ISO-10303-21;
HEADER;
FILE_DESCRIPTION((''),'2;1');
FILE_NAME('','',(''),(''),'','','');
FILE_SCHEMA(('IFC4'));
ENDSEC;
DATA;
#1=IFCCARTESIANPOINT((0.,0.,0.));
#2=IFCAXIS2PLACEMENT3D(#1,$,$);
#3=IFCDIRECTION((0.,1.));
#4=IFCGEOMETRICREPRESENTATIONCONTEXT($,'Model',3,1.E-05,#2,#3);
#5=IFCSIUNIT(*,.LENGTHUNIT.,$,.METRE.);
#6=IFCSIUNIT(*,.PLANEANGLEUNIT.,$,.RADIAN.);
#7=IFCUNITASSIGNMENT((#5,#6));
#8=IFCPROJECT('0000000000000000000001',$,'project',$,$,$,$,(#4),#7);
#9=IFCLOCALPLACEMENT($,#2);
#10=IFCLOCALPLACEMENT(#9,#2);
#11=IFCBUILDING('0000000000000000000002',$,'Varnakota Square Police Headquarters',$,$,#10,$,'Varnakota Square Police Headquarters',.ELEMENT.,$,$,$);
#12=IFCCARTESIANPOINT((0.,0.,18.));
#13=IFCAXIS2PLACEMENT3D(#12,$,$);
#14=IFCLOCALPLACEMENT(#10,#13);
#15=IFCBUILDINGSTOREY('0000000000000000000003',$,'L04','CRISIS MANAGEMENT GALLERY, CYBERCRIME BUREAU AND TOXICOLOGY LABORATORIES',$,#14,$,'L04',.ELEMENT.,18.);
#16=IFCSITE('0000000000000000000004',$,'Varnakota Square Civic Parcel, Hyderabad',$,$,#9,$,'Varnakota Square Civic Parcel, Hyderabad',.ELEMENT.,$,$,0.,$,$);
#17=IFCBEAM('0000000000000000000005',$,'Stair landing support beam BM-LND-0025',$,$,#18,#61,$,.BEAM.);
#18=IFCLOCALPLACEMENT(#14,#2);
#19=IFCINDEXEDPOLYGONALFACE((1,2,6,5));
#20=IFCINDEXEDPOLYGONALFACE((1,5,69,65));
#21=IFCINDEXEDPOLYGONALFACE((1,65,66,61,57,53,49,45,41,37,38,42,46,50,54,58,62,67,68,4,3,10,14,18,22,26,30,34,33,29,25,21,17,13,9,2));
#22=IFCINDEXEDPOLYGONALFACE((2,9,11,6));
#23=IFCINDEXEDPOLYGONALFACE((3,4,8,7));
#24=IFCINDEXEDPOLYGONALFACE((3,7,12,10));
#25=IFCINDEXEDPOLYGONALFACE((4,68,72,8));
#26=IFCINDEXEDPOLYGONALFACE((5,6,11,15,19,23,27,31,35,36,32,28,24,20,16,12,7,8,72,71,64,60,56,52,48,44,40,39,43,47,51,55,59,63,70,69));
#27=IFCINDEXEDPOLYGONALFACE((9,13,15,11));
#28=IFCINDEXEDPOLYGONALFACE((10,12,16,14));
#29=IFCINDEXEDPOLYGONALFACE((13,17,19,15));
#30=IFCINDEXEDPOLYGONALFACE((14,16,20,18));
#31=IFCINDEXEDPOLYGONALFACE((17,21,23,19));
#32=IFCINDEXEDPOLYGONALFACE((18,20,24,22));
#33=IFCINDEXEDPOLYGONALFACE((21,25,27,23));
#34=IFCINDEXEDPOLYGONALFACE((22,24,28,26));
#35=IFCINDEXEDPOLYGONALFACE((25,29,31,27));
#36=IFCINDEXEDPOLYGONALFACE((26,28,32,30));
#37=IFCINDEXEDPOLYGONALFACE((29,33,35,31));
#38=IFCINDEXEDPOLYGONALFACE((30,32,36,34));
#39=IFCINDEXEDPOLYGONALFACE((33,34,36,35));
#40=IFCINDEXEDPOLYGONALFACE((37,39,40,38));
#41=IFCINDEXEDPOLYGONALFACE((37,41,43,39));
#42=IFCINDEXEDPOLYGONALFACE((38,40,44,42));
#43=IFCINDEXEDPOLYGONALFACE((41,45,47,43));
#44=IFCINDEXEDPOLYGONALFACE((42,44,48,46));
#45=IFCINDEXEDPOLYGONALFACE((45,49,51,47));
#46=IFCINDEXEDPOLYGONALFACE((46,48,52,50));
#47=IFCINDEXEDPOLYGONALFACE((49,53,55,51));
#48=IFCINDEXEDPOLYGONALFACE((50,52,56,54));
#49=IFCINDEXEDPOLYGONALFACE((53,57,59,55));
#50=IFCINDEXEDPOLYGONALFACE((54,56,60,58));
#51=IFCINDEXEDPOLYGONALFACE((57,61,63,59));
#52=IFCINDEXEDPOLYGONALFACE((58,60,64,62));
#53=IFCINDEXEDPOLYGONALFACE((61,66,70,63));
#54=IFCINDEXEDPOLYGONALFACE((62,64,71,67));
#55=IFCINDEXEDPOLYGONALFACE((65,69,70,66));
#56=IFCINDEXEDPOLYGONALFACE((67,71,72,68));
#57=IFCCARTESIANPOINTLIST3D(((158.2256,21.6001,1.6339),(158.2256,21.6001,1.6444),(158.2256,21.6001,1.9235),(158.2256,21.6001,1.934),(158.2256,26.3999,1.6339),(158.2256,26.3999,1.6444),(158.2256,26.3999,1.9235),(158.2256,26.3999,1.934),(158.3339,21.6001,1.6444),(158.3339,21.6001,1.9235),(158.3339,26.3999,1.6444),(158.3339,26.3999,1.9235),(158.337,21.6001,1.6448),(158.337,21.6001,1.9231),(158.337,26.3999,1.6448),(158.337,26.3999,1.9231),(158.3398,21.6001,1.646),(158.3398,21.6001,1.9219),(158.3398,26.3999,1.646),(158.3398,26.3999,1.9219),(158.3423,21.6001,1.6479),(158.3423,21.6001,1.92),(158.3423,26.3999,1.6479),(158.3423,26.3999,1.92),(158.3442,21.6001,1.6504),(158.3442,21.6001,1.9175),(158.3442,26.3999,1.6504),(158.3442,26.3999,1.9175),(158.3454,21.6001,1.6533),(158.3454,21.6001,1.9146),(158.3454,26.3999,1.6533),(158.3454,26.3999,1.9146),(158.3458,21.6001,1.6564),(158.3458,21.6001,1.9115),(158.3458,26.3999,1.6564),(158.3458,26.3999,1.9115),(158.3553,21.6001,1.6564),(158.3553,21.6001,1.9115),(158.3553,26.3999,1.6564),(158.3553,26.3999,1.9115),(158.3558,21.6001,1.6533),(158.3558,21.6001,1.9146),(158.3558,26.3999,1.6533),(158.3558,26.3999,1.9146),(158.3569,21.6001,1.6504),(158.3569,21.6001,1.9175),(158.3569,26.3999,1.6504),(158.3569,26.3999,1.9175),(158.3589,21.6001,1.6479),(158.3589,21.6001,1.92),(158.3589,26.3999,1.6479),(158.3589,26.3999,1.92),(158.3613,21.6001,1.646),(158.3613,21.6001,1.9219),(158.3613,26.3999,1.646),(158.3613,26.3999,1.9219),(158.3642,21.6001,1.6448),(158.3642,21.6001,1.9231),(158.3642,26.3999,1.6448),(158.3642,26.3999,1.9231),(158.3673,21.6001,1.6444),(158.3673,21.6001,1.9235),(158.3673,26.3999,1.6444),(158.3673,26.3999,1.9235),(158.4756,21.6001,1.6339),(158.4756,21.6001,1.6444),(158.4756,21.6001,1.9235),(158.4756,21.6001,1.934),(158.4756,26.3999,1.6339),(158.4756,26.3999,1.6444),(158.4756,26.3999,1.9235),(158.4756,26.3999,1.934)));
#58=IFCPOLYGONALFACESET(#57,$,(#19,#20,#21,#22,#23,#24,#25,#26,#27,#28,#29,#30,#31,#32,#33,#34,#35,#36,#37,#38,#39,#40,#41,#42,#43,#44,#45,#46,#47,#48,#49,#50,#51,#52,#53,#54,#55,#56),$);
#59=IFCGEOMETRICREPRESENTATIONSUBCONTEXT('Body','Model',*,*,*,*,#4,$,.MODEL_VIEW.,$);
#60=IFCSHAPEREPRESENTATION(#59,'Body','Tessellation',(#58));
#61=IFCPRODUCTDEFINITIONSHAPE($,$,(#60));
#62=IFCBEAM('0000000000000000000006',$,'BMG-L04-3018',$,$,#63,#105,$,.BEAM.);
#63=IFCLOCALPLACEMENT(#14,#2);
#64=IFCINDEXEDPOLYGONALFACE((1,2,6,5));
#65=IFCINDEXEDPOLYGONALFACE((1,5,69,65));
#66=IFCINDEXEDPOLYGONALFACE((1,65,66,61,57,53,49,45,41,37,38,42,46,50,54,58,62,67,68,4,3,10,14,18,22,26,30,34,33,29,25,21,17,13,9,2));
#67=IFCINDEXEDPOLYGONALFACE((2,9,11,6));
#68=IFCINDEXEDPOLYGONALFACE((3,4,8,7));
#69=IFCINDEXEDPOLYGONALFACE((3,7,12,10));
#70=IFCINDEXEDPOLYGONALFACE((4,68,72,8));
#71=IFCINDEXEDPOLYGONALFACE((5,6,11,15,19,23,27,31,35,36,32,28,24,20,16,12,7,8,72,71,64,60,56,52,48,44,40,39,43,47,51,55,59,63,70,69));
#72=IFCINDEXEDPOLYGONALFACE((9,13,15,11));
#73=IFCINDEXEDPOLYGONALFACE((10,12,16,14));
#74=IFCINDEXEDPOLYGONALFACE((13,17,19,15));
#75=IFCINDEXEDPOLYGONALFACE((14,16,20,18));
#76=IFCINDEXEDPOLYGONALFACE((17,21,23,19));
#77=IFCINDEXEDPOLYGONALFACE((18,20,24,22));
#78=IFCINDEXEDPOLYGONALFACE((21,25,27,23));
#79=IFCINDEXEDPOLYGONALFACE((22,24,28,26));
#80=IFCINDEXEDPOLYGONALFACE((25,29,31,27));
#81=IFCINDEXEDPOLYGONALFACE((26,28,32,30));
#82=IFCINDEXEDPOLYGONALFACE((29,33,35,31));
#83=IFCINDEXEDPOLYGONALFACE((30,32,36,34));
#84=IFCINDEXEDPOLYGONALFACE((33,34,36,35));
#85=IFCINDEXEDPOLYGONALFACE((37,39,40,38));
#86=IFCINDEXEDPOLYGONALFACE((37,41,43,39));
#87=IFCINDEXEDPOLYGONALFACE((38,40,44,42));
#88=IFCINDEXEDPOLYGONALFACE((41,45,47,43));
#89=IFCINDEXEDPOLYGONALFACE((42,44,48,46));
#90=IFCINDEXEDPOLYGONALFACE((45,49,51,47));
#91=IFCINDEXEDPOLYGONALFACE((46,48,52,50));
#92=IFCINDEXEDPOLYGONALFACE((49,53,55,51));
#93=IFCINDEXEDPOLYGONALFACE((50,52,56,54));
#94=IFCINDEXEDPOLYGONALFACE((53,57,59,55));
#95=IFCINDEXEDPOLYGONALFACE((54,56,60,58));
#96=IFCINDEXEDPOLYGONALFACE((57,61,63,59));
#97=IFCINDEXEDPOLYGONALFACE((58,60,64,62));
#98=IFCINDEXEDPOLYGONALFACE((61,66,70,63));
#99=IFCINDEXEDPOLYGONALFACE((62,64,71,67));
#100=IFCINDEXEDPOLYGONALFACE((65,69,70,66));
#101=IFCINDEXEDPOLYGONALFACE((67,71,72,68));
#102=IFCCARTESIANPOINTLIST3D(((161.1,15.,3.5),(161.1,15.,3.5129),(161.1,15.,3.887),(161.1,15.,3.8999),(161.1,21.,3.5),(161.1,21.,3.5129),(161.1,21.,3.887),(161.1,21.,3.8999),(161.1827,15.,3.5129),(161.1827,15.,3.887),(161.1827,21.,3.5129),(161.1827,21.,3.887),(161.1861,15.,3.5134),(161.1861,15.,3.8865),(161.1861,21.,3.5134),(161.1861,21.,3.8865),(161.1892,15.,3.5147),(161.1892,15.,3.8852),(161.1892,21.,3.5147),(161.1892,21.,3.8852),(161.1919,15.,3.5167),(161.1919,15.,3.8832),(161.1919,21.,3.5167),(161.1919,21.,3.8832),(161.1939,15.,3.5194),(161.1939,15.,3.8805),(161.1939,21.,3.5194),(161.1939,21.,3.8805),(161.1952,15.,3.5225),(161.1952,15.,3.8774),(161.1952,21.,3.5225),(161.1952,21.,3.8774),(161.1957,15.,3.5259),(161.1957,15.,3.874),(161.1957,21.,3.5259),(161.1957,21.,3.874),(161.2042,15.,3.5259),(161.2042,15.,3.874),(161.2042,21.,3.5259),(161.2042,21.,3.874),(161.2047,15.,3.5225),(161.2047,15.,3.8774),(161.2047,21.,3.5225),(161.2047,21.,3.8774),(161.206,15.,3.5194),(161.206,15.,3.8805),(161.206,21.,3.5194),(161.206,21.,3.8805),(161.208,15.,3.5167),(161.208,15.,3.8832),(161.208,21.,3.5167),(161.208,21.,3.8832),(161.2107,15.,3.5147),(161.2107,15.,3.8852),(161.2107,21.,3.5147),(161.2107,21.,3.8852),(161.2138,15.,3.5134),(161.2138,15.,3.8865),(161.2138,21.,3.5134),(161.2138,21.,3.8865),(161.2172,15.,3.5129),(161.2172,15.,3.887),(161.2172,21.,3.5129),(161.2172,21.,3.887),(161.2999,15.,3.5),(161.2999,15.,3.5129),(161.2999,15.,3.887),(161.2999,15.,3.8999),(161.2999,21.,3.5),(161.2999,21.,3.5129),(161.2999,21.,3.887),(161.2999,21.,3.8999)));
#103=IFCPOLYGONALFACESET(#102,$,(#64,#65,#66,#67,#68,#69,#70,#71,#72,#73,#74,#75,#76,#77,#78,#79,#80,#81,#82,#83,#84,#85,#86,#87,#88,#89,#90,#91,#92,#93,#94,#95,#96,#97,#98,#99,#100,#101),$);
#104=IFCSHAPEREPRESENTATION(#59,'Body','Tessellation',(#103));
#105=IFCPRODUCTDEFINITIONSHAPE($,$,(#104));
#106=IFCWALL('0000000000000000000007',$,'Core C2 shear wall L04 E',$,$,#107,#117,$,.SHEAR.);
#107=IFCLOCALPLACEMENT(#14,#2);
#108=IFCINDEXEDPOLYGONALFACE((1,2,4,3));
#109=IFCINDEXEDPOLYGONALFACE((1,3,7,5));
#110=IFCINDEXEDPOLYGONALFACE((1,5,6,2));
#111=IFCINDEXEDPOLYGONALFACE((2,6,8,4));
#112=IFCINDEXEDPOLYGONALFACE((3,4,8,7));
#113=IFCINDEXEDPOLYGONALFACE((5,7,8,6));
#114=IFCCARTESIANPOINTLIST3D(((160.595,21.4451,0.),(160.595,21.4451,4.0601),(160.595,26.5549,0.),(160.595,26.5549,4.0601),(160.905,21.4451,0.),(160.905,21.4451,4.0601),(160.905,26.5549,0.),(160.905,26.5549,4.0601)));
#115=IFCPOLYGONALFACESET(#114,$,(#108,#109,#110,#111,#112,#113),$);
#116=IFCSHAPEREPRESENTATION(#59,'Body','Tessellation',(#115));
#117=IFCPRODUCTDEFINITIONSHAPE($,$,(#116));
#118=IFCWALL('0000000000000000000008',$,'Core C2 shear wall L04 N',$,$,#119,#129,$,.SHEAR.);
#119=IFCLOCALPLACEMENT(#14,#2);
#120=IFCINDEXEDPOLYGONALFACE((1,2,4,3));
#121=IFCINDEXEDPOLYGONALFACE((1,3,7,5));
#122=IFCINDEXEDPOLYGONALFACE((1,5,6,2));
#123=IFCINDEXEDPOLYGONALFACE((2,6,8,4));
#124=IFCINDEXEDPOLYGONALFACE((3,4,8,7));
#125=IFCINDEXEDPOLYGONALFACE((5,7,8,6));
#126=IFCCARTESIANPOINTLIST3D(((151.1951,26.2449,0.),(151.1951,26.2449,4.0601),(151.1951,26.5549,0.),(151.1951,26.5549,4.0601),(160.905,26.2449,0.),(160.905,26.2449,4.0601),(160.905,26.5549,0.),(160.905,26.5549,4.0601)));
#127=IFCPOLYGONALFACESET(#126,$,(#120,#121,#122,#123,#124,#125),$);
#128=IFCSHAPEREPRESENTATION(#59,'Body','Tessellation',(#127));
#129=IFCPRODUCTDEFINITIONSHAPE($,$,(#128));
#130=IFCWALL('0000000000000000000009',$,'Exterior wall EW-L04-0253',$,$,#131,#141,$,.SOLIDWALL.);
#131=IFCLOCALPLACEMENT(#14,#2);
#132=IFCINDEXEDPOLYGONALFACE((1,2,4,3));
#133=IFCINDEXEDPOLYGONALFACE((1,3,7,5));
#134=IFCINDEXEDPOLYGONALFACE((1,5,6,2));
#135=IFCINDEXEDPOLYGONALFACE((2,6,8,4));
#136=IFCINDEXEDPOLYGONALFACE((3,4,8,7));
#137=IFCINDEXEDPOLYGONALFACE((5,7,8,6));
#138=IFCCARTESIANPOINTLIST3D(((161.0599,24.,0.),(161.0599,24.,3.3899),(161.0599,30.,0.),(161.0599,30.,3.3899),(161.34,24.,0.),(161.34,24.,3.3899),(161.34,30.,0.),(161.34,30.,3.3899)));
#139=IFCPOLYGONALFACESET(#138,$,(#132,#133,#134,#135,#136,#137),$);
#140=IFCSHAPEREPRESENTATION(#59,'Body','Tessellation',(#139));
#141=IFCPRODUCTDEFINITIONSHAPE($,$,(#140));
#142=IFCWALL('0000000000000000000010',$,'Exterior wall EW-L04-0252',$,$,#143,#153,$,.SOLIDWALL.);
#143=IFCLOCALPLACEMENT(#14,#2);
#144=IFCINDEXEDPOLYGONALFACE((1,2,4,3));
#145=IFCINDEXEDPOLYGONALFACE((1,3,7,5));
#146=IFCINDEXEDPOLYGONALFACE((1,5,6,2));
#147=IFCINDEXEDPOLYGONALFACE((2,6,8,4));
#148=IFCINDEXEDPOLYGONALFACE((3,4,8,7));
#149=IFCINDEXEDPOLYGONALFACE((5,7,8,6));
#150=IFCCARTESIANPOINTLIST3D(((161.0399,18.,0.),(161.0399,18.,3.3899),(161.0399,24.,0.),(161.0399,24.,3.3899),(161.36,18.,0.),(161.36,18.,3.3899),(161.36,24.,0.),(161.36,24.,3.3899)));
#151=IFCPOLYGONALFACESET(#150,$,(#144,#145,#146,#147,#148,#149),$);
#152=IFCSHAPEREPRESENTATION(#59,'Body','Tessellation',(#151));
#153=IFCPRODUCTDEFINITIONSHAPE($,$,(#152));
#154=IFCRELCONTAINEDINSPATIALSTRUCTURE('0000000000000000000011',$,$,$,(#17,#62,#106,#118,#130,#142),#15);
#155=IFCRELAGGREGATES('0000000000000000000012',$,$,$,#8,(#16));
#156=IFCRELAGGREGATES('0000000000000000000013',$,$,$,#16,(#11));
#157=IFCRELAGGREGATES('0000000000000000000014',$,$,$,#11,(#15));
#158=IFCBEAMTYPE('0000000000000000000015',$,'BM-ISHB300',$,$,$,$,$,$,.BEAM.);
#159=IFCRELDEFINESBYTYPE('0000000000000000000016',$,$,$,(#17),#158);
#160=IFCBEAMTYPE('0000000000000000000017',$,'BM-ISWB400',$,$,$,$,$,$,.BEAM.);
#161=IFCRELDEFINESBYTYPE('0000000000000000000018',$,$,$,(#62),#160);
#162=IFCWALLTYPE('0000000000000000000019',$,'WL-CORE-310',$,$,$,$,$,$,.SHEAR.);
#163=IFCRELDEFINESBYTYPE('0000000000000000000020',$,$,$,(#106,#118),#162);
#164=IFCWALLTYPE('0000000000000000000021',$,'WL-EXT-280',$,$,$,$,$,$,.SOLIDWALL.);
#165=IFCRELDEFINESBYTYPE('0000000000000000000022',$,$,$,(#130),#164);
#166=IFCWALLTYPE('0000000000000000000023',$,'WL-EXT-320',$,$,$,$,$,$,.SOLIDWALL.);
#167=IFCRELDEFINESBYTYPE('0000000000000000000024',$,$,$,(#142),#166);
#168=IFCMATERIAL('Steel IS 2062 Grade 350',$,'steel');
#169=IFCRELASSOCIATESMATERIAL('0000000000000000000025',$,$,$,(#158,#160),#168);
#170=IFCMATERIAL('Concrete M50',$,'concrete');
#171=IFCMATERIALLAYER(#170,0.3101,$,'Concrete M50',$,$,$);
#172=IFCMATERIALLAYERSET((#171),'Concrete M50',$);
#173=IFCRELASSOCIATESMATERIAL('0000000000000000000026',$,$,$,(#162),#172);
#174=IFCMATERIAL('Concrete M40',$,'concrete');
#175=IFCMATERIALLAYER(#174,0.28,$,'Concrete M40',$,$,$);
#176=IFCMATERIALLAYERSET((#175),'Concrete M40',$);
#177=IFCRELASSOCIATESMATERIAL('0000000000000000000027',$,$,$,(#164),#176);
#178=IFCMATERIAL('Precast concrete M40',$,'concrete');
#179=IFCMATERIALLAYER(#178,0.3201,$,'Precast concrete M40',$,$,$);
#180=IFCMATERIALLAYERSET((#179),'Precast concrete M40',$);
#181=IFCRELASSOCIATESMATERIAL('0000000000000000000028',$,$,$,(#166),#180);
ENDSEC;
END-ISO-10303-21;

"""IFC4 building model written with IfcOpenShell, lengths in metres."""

from ifc_helpers import new_model, si_unit, direction, frame, frame_2d, origin, origin_2d, place, context, subcontext, project, spatial, rectangle, i_section, extrude, material, layer, layer_set, material_profile, profile_set, type_object, element, save


model = new_model("IFC4")

# Units and contexts
model_context = context("Model", 3, precision=1e-05, world=origin(), true_north=direction((0.0, 1.0)))
body_context = subcontext(model_context, "Body", "Model", "MODEL_VIEW")
ifc_project = project(units=[si_unit("LENGTHUNIT", "METRE"), si_unit("PLANEANGLEUNIT", "RADIAN")], contexts=[model_context])

# Site, building, storey
site_placement = place(None, origin())
site = spatial("IfcSite", under=ifc_project, at=site_placement, Name="Varnakota Square Civic Parcel, Hyderabad", LongName="Varnakota Square Civic Parcel, Hyderabad", CompositionType="ELEMENT", RefElevation=0.0)
building_placement = place(site_placement, origin())
building = spatial("IfcBuilding", under=site, at=building_placement, Name="Varnakota Square Police Headquarters", LongName="Varnakota Square Police Headquarters", CompositionType="ELEMENT")
storey_placement = place(building_placement, frame((0.0, 0.0, 18.0)))
storey = spatial("IfcBuildingStorey", under=building, at=storey_placement, Name="L04", Description="CRISIS MANAGEMENT GALLERY, CYBERCRIME BUREAU AND TOXICOLOGY LABORATORIES", LongName="L04", CompositionType="ELEMENT", Elevation=18.0)

# Shared definitions
ifc_material_1 = material(Name="Steel IS 2062 Grade 350", Category="steel")

# Beams
ifc_material_profile_1 = material_profile(ifc_material_1, i_section(OverallWidth=0.25, OverallDepth=0.3, WebThickness=0.0095, FlangeThickness=0.0105, FilletRadius=0.012, at=origin_2d()), Name="ISHB 300")
ifc_profile_set_1 = profile_set([ifc_material_profile_1], Name="Steel IS 2062 Grade 350")
beam_type_1 = type_object("IfcBeamType", Name="BM-ISHB300", PredefinedType="BEAM", material=ifc_profile_set_1)
beam_1_placement = place(storey_placement, frame((158.3506, 21.6001, 1.7839), z_axis=(0.0, 1.0, 0.0), x_axis=(-1.0, 0.0, 0.0)))
element("IfcBeam", 1, at=beam_1_placement, inside=storey, type_object=beam_type_1, Name="Stair landing support beam BM-LND-0025", PredefinedType="BEAM", context=body_context, shape_type="SweptSolid", body=[
    extrude(i_section(OverallWidth=0.25, OverallDepth=0.3, WebThickness=0.0095, FlangeThickness=0.0105, FilletRadius=0.012, at=origin_2d()), origin(), (0.0, 0.0, 1.0), 4.7998),
])
ifc_material_profile_2 = material_profile(ifc_material_1, i_section(OverallWidth=0.2, OverallDepth=0.3999, WebThickness=0.0085, FlangeThickness=0.0129, FilletRadius=0.0129, at=origin_2d()), Name="ISWB 400")
ifc_profile_set_2 = profile_set([ifc_material_profile_2], Name="Steel IS 2062 Grade 350")
beam_type_2 = type_object("IfcBeamType", Name="BM-ISWB400", PredefinedType="BEAM", material=ifc_profile_set_2)
beam_2_placement = place(storey_placement, frame((161.2, 15.0, 3.7), z_axis=(0.0, 1.0, 0.0), x_axis=(-1.0, 0.0, 0.0)))
element("IfcBeam", 2, at=beam_2_placement, inside=storey, type_object=beam_type_2, Name="BMG-L04-3018", PredefinedType="BEAM", context=body_context, shape_type="SweptSolid", body=[
    extrude(i_section(OverallWidth=0.2, OverallDepth=0.3999, WebThickness=0.0085, FlangeThickness=0.0129, FilletRadius=0.0129, at=origin_2d()), origin(), (0.0, 0.0, 1.0), 6.0),
])

# Walls
ifc_material_2 = material(Name="Concrete M50", Category="concrete")
ifc_layer_1 = layer(ifc_material_2, 0.3101, Name="Concrete M50")
ifc_layer_set_1 = layer_set([ifc_layer_1], Name="Concrete M50")
wall_type_1 = type_object("IfcWallType", Name="WL-CORE-310", PredefinedType="SHEAR", material=ifc_layer_set_1)
wall_1_placement = place(storey_placement, frame((160.75, 21.4451, 0.0), z_axis=(0.0, 0.0, 1.0), x_axis=(0.0, 1.0, 0.0)))
element("IfcWall", 3, at=wall_1_placement, inside=storey, type_object=wall_type_1, Name="Core C2 shear wall L04 E", PredefinedType="SHEAR", context=body_context, shape_type="SweptSolid", body=[
    extrude(rectangle(XDim=5.1099, YDim=0.3101, at=frame_2d((2.5549, 0.0))), origin(), (0.0, 0.0, 1.0), 4.0601),
])
wall_2_placement = place(storey_placement, frame((160.905, 26.3999, 0.0), z_axis=(0.0, 0.0, 1.0), x_axis=(-1.0, 0.0, 0.0)))
element("IfcWall", 4, at=wall_2_placement, inside=storey, type_object=wall_type_1, Name="Core C2 shear wall L04 N", PredefinedType="SHEAR", context=body_context, shape_type="SweptSolid", body=[
    extrude(rectangle(XDim=9.71, YDim=0.3101, at=frame_2d((4.855, 0.0))), origin(), (0.0, 0.0, 1.0), 4.0601),
])
ifc_material_3 = material(Name="Concrete M40", Category="concrete")
ifc_layer_2 = layer(ifc_material_3, 0.28, Name="Concrete M40")
ifc_layer_set_2 = layer_set([ifc_layer_2], Name="Concrete M40")
wall_type_2 = type_object("IfcWallType", Name="WL-EXT-280", PredefinedType="SOLIDWALL", material=ifc_layer_set_2)
wall_3_placement = place(storey_placement, frame((161.2, 24.0, 0.0), z_axis=(0.0, 0.0, 1.0), x_axis=(0.0, 1.0, 0.0)))
element("IfcWall", 5, at=wall_3_placement, inside=storey, type_object=wall_type_2, Name="Exterior wall EW-L04-0253", PredefinedType="SOLIDWALL", context=body_context, shape_type="SweptSolid", body=[
    extrude(rectangle(XDim=6.0, YDim=0.28, at=frame_2d((3.0, 0.0))), origin(), (0.0, 0.0, 1.0), 3.3899),
])
ifc_material_4 = material(Name="Precast concrete M40", Category="concrete")
ifc_layer_3 = layer(ifc_material_4, 0.3201, Name="Precast concrete M40")
ifc_layer_set_3 = layer_set([ifc_layer_3], Name="Precast concrete M40")
wall_type_3 = type_object("IfcWallType", Name="WL-EXT-320", PredefinedType="SOLIDWALL", material=ifc_layer_set_3)
wall_4_placement = place(storey_placement, frame((161.2, 18.0, 0.0), z_axis=(0.0, 0.0, 1.0), x_axis=(0.0, 1.0, 0.0)))
element("IfcWall", 6, at=wall_4_placement, inside=storey, type_object=wall_type_3, Name="Exterior wall EW-L04-0252", PredefinedType="SOLIDWALL", context=body_context, shape_type="SweptSolid", body=[
    extrude(rectangle(XDim=6.0, YDim=0.3201, at=frame_2d((3.0, 0.0))), origin(), (0.0, 0.0, 1.0), 3.3899),
])

save(model, "model.ifc")
